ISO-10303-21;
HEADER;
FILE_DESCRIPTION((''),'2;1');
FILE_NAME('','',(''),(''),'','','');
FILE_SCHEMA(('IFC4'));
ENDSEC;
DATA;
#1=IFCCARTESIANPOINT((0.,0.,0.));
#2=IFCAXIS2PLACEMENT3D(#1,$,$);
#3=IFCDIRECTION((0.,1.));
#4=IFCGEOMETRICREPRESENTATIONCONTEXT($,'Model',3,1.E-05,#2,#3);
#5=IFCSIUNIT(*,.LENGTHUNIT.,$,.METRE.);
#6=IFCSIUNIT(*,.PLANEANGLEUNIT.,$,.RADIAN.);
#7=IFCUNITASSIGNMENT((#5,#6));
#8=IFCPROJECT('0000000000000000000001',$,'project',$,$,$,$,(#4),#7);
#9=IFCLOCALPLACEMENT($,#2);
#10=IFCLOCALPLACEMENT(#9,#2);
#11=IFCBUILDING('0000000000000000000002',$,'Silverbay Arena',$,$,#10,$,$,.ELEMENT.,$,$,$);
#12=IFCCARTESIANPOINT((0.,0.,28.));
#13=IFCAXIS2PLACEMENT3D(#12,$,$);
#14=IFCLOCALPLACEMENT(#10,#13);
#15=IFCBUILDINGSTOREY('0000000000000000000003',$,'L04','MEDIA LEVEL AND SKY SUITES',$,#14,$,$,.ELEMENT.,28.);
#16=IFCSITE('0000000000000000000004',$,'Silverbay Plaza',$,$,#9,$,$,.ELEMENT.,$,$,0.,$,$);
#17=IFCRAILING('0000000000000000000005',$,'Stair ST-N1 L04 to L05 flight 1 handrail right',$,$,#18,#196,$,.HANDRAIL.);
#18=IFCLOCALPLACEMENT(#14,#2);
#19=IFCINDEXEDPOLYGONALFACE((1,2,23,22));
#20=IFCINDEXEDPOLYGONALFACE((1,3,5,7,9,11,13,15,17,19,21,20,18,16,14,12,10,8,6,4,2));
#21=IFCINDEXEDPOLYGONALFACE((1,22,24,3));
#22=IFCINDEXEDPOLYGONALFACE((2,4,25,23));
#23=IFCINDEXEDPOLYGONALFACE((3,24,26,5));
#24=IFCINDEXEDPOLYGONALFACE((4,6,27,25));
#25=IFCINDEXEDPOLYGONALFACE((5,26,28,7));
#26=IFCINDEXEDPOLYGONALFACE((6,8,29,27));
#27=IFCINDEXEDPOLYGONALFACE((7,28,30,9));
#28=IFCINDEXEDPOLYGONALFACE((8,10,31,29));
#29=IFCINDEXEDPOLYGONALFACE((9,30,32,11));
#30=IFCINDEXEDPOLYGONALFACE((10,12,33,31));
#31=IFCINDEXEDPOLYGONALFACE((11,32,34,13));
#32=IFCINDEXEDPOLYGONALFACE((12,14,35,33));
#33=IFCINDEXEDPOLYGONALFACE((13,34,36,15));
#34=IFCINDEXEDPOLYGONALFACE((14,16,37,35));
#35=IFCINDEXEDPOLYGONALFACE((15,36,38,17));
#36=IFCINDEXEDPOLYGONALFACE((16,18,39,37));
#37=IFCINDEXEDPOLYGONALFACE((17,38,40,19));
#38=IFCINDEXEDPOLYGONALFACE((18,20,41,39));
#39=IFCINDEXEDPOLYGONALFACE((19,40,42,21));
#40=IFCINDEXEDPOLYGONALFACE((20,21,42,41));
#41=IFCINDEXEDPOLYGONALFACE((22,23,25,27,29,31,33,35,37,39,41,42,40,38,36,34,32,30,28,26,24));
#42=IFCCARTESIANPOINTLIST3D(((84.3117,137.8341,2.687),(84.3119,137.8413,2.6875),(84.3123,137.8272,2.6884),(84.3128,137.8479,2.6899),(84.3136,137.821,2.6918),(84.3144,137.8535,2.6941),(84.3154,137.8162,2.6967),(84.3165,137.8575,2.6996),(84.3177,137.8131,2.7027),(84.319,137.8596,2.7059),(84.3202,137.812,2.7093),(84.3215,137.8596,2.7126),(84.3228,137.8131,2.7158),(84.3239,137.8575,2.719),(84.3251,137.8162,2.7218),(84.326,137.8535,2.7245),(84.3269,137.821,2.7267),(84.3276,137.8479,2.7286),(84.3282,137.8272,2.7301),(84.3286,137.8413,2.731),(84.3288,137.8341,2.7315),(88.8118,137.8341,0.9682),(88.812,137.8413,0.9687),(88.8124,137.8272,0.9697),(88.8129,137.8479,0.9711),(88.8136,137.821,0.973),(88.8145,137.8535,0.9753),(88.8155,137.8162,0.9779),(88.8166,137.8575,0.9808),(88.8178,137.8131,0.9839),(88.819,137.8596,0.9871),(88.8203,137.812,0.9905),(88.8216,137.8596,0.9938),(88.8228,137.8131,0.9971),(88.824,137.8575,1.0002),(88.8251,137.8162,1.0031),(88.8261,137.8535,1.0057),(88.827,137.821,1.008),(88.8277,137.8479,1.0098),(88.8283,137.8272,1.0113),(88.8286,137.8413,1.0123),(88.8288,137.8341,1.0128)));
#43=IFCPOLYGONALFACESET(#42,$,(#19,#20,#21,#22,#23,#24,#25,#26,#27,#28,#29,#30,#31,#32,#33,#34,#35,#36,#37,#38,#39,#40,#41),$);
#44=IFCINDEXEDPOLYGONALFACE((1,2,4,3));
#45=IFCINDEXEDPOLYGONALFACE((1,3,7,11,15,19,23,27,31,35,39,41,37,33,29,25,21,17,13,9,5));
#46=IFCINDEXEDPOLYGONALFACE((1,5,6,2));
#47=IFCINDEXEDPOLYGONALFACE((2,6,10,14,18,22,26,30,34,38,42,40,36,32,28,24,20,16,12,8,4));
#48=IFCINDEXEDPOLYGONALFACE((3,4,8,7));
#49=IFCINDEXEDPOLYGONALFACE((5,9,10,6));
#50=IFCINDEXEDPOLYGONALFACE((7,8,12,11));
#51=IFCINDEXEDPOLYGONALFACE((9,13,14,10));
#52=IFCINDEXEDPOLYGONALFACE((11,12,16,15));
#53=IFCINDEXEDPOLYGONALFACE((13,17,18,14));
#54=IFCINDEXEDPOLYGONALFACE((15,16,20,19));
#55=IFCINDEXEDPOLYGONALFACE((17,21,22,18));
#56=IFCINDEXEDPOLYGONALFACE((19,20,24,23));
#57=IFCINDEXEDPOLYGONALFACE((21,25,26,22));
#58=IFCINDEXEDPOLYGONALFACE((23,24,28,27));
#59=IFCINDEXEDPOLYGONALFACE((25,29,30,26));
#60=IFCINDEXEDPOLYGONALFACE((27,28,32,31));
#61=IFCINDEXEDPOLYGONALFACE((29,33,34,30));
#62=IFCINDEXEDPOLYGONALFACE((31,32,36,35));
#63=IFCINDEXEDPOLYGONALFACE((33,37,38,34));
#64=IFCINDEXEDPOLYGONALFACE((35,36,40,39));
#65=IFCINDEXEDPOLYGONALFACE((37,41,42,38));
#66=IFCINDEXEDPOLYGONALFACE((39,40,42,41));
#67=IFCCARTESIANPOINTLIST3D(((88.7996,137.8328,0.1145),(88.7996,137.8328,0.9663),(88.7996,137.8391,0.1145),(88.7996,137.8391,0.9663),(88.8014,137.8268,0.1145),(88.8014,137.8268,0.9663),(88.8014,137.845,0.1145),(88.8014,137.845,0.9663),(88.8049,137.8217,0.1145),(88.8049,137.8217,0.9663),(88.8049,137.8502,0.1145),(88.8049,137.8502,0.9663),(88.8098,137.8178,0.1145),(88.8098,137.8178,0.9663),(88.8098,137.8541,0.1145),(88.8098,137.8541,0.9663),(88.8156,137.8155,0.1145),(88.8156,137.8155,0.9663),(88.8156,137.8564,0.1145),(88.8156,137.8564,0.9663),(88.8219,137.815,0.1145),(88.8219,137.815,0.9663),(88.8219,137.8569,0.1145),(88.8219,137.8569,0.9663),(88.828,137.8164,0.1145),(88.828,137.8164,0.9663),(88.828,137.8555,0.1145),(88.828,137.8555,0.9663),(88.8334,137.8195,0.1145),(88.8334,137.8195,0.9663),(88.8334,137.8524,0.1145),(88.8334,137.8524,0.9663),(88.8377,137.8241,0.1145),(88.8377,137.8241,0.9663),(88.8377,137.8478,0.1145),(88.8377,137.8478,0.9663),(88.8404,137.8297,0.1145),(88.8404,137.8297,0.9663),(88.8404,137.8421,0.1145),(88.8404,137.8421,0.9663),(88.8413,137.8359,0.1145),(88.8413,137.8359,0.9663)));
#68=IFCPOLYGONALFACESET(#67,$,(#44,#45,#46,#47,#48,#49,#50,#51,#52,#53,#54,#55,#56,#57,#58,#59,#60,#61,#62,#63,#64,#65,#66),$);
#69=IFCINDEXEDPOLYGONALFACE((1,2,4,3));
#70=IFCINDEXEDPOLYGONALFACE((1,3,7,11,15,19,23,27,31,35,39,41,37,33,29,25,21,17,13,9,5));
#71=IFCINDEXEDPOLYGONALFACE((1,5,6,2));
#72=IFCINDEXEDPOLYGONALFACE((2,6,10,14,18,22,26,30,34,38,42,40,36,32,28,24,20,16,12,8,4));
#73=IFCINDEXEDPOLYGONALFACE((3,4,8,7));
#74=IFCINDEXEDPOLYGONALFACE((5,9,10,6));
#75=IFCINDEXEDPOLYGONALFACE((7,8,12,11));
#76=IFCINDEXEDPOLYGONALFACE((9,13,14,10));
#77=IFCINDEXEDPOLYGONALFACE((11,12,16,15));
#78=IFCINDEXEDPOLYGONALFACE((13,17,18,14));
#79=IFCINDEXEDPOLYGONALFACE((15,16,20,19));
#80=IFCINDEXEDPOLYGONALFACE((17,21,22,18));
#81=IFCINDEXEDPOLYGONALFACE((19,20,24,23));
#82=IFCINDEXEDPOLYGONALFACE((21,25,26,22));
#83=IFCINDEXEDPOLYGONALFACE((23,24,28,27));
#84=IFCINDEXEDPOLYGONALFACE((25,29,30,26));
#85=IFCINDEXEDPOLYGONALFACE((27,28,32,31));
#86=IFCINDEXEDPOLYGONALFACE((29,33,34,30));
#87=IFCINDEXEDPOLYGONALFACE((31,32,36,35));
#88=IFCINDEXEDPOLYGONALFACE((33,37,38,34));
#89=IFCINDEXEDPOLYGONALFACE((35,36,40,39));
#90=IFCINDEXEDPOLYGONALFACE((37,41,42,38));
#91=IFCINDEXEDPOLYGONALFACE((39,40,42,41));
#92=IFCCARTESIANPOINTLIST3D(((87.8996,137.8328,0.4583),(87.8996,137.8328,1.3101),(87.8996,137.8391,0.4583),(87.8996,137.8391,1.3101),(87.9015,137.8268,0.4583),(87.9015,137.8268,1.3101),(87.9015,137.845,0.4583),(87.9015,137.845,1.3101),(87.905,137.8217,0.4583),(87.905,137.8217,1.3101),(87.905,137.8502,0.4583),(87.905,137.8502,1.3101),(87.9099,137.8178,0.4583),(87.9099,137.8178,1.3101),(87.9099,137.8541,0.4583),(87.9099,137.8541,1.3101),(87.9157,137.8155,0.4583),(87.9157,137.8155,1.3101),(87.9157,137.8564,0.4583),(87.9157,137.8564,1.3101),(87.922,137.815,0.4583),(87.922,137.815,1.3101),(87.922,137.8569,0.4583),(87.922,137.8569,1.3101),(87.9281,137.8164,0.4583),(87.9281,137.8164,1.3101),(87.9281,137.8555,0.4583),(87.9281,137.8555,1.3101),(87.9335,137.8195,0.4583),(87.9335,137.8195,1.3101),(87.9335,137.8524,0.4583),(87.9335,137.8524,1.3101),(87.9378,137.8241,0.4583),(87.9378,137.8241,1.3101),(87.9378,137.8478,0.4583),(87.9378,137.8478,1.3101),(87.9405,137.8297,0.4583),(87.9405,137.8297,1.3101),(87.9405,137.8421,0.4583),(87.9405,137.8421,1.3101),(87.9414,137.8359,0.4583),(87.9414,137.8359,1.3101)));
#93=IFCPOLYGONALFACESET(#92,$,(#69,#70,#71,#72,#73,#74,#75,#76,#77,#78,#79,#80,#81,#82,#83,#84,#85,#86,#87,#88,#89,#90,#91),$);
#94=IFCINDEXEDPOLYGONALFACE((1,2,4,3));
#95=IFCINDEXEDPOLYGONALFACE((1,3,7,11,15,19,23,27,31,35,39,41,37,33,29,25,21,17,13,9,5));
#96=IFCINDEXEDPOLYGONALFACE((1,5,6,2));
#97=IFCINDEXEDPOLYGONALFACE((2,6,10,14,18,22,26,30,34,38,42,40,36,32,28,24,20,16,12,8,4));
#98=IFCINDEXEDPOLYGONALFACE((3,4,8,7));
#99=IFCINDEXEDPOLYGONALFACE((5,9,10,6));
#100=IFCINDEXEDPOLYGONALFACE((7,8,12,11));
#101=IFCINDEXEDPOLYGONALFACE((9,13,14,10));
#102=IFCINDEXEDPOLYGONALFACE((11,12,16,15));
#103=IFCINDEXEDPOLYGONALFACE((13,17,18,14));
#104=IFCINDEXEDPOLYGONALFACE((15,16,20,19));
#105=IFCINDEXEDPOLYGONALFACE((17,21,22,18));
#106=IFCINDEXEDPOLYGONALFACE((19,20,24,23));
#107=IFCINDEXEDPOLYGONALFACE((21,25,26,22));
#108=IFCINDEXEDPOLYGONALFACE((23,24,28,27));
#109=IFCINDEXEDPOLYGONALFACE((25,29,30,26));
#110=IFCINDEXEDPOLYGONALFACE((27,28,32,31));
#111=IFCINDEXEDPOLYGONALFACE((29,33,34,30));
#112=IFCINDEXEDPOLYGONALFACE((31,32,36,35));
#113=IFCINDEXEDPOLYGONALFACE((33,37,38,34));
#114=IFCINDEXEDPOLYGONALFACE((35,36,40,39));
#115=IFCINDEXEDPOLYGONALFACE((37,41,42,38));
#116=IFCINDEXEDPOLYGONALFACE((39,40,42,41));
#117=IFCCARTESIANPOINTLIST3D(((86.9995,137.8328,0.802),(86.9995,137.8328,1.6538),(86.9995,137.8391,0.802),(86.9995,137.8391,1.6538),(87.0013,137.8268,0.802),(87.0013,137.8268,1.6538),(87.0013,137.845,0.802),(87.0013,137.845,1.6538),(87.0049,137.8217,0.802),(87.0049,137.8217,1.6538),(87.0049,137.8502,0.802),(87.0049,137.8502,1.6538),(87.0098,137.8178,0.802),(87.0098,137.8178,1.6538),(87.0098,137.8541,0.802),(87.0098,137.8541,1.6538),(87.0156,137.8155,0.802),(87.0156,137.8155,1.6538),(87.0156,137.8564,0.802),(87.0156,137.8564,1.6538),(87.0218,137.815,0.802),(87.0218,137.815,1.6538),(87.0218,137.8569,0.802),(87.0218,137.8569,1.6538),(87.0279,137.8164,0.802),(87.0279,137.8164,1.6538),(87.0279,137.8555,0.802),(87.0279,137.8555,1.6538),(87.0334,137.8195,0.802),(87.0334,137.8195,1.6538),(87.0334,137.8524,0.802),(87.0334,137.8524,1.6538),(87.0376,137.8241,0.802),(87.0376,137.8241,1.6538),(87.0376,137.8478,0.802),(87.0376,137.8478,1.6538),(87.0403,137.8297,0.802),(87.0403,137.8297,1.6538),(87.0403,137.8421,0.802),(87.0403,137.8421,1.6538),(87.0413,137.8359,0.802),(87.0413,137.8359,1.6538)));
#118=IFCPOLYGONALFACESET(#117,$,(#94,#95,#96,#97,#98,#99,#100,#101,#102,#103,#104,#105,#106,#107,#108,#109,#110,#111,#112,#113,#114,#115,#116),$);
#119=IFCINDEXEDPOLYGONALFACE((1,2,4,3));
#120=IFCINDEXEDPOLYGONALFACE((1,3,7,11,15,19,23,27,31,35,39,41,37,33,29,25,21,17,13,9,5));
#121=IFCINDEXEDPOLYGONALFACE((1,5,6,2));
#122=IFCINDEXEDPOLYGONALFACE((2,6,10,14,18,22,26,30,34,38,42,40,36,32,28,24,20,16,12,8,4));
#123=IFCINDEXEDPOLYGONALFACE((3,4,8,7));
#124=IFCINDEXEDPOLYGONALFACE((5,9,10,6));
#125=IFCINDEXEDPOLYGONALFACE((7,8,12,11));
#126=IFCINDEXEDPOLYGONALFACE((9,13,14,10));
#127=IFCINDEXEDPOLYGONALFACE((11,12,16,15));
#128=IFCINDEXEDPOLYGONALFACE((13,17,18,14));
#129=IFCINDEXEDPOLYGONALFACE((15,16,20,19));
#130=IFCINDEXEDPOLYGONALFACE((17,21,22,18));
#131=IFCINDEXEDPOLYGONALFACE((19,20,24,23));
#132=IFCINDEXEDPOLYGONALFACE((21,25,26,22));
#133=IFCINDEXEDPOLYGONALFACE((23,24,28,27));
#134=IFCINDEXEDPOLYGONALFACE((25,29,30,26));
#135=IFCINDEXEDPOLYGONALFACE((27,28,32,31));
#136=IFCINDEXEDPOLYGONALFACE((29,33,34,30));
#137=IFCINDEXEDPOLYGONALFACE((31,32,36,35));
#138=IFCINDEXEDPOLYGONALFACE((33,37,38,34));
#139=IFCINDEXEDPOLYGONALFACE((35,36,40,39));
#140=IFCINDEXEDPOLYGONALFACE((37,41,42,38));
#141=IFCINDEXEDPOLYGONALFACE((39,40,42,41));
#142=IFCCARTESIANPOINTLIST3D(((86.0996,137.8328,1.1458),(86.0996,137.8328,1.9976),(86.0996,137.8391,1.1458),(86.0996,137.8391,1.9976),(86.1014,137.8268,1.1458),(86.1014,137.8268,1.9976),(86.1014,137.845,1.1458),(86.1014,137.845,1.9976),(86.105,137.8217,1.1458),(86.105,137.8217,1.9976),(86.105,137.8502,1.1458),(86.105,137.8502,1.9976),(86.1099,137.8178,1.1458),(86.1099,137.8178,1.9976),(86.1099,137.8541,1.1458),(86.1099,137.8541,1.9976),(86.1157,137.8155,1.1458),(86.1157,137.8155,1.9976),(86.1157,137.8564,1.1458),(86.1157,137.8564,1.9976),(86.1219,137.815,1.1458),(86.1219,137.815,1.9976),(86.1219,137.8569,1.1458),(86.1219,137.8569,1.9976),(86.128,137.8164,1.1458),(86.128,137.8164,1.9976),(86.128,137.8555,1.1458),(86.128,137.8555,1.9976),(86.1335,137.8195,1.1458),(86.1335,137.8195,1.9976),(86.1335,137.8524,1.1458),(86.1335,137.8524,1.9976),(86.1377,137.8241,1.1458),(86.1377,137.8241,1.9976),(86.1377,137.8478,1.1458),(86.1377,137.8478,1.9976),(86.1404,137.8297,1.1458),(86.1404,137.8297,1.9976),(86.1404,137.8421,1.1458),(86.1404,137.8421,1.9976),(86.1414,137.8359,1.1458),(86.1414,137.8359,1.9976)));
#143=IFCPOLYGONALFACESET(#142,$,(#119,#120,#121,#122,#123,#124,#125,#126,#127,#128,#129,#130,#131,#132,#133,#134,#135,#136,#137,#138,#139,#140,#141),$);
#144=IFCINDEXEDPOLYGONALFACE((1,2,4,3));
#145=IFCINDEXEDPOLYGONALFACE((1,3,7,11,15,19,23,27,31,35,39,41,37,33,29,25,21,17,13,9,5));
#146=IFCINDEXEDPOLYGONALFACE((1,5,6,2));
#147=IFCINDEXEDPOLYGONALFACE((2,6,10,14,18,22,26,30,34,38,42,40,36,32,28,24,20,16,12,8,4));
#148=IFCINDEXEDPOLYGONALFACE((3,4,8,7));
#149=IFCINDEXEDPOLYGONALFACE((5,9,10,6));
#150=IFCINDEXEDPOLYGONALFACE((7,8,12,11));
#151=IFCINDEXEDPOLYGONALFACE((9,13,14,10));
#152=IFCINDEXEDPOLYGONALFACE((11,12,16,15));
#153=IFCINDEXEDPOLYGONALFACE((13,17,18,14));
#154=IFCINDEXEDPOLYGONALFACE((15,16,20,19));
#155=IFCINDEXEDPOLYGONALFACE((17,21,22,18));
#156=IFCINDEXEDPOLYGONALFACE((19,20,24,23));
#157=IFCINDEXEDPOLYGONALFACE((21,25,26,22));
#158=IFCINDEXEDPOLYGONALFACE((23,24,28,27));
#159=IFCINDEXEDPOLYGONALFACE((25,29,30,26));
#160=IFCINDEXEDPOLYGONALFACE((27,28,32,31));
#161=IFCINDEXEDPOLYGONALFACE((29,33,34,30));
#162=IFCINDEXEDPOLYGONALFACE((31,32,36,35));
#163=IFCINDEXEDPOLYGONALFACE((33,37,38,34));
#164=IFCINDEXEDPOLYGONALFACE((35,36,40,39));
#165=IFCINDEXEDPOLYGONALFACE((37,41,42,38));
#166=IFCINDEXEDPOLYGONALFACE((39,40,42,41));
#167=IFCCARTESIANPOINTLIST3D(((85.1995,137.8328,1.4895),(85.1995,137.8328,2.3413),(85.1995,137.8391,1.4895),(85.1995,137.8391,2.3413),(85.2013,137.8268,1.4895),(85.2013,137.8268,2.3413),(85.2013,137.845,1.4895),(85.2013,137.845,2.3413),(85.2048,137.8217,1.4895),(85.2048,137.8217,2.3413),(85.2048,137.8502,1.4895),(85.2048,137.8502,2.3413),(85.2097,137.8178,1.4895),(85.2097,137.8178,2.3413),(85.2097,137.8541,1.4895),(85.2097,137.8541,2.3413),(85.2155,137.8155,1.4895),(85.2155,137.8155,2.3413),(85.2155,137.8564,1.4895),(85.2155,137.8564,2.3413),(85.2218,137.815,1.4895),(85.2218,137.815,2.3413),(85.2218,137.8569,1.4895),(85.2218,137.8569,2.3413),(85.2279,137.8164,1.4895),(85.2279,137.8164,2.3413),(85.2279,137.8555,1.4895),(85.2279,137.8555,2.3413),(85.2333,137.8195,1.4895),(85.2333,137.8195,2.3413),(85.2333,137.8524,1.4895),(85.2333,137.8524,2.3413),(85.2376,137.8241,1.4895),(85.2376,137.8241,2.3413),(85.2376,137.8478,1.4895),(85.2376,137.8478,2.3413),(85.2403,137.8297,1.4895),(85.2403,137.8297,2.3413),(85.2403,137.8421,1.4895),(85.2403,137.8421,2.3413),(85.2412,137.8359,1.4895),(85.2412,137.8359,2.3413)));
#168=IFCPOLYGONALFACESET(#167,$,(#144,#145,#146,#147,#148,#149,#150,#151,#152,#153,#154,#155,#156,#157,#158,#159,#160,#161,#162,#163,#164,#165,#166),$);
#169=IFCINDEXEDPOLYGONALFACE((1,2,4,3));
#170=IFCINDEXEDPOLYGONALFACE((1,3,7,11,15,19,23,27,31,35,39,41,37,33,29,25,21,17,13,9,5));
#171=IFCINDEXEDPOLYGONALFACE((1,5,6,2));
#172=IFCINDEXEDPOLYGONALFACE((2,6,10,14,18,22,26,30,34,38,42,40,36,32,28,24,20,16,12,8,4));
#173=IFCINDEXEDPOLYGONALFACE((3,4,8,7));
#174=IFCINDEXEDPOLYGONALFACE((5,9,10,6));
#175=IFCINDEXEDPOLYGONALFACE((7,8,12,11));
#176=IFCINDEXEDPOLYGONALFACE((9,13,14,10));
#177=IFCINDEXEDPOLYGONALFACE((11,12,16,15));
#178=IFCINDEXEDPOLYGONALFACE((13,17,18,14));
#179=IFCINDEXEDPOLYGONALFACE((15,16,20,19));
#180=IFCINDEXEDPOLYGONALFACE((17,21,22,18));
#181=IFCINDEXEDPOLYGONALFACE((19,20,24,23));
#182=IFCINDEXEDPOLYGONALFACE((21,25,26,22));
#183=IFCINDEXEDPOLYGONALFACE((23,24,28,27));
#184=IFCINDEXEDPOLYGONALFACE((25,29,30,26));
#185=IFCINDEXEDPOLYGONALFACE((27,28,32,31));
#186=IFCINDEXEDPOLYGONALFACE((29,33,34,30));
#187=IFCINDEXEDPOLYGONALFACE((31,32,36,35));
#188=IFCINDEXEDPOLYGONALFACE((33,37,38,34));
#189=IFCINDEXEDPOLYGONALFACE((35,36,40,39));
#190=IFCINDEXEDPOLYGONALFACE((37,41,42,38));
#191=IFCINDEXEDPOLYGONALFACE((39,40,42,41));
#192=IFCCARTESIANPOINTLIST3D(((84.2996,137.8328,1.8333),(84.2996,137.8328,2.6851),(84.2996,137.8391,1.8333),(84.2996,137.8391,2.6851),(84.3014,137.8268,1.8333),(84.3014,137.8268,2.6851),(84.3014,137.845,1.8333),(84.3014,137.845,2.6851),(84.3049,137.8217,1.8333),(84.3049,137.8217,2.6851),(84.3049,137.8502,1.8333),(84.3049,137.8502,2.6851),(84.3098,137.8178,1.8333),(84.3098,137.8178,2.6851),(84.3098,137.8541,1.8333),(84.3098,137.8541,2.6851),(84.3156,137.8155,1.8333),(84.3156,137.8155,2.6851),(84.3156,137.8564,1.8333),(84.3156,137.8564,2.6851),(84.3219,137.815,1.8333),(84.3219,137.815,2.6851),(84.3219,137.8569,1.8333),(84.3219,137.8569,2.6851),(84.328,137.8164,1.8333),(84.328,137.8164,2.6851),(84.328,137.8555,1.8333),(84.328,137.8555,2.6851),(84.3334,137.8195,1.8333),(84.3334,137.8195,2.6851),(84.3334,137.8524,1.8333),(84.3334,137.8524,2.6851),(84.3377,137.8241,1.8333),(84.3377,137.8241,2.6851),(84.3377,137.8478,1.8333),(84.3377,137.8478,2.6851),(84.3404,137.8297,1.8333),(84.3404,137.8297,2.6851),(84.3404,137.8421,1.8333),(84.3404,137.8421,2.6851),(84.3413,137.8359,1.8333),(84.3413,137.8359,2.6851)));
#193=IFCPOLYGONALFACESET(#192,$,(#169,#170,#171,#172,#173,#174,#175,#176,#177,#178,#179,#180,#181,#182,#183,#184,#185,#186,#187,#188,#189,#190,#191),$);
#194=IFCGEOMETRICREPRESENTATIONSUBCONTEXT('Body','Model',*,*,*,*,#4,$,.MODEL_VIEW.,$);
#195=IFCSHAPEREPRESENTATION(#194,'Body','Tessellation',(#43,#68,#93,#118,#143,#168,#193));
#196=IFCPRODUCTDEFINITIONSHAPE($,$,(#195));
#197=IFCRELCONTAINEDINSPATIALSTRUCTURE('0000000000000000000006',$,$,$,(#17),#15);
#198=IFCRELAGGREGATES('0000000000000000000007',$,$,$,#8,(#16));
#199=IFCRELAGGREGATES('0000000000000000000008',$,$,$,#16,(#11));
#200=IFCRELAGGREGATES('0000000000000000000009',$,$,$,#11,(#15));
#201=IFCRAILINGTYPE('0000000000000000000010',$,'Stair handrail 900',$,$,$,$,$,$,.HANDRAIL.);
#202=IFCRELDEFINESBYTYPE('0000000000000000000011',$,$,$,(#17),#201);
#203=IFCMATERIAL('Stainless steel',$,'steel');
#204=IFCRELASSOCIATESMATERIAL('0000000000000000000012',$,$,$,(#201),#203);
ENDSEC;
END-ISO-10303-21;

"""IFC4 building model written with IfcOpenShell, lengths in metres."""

from ifc_helpers import new_model, si_unit, direction, frame, origin, origin_2d, place, context, subcontext, project, spatial, circle, extrude, material, type_object, element, save


model = new_model("IFC4")

# Units and contexts
model_context = context("Model", 3, precision=1e-05, world=origin(), true_north=direction((0.0, 1.0)))
body_context = subcontext(model_context, "Body", "Model", "MODEL_VIEW")
ifc_project = project(units=[si_unit("LENGTHUNIT", "METRE"), si_unit("PLANEANGLEUNIT", "RADIAN")], contexts=[model_context])

# Site, building, storey
site_placement = place(None, origin())
site = spatial("IfcSite", under=ifc_project, at=site_placement, Name="Silverbay Plaza", CompositionType="ELEMENT", RefElevation=0.0)
building_placement = place(site_placement, origin())
building = spatial("IfcBuilding", under=site, at=building_placement, Name="Silverbay Arena", CompositionType="ELEMENT")
storey_placement = place(building_placement, frame((0.0, 0.0, 28.0)))
storey = spatial("IfcBuildingStorey", under=building, at=storey_placement, Name="L04", Description="MEDIA LEVEL AND SKY SUITES", CompositionType="ELEMENT", Elevation=28.0)

# Railing
ifc_material_1 = material(Name="Stainless steel", Category="steel")
railing_type_1 = type_object("IfcRailingType", Name="Stair handrail 900", PredefinedType="HANDRAIL", material=ifc_material_1)
for number, where, name in (
    (1, (88.8203, 137.8359, 0.1145), "Stair ST-N1 L04 to L05 flight 1 handrail right"),
):
    element("IfcRailing", number, at=place(storey_placement, frame(where)), inside=storey, type_object=railing_type_1, Name=name, PredefinedType="HANDRAIL", context=body_context, shape_type="SweptSolid", body=[
        extrude(circle(Radius=0.0239, at=origin_2d()), frame((0.0, 0.0, 0.876), z_axis=(-0.934179, 0.0, 0.356805), x_axis=(0.0, -1.0, 0.0)), (0.0, 0.0, 1.0), 4.8171),
        extrude(circle(Radius=0.021, at=origin_2d()), origin(), (0.0, 0.0, 1.0), 0.8518),
        extrude(circle(Radius=0.021, at=origin_2d()), frame((-0.8999, 0.0, 0.3438)), (0.0, 0.0, 1.0), 0.8518),
        extrude(circle(Radius=0.021, at=origin_2d()), frame((-1.8, 0.0, 0.6875)), (0.0, 0.0, 1.0), 0.8518),
        extrude(circle(Radius=0.021, at=origin_2d()), frame((-2.7, 0.0, 1.0312)), (0.0, 0.0, 1.0), 0.8518),
        extrude(circle(Radius=0.021, at=origin_2d()), frame((-3.6001, 0.0, 1.375)), (0.0, 0.0, 1.0), 0.8518),
        extrude(circle(Radius=0.021, at=origin_2d()), frame((-4.5, 0.0, 1.7188)), (0.0, 0.0, 1.0), 0.8518),
    ])

save(model, "model.ifc")
